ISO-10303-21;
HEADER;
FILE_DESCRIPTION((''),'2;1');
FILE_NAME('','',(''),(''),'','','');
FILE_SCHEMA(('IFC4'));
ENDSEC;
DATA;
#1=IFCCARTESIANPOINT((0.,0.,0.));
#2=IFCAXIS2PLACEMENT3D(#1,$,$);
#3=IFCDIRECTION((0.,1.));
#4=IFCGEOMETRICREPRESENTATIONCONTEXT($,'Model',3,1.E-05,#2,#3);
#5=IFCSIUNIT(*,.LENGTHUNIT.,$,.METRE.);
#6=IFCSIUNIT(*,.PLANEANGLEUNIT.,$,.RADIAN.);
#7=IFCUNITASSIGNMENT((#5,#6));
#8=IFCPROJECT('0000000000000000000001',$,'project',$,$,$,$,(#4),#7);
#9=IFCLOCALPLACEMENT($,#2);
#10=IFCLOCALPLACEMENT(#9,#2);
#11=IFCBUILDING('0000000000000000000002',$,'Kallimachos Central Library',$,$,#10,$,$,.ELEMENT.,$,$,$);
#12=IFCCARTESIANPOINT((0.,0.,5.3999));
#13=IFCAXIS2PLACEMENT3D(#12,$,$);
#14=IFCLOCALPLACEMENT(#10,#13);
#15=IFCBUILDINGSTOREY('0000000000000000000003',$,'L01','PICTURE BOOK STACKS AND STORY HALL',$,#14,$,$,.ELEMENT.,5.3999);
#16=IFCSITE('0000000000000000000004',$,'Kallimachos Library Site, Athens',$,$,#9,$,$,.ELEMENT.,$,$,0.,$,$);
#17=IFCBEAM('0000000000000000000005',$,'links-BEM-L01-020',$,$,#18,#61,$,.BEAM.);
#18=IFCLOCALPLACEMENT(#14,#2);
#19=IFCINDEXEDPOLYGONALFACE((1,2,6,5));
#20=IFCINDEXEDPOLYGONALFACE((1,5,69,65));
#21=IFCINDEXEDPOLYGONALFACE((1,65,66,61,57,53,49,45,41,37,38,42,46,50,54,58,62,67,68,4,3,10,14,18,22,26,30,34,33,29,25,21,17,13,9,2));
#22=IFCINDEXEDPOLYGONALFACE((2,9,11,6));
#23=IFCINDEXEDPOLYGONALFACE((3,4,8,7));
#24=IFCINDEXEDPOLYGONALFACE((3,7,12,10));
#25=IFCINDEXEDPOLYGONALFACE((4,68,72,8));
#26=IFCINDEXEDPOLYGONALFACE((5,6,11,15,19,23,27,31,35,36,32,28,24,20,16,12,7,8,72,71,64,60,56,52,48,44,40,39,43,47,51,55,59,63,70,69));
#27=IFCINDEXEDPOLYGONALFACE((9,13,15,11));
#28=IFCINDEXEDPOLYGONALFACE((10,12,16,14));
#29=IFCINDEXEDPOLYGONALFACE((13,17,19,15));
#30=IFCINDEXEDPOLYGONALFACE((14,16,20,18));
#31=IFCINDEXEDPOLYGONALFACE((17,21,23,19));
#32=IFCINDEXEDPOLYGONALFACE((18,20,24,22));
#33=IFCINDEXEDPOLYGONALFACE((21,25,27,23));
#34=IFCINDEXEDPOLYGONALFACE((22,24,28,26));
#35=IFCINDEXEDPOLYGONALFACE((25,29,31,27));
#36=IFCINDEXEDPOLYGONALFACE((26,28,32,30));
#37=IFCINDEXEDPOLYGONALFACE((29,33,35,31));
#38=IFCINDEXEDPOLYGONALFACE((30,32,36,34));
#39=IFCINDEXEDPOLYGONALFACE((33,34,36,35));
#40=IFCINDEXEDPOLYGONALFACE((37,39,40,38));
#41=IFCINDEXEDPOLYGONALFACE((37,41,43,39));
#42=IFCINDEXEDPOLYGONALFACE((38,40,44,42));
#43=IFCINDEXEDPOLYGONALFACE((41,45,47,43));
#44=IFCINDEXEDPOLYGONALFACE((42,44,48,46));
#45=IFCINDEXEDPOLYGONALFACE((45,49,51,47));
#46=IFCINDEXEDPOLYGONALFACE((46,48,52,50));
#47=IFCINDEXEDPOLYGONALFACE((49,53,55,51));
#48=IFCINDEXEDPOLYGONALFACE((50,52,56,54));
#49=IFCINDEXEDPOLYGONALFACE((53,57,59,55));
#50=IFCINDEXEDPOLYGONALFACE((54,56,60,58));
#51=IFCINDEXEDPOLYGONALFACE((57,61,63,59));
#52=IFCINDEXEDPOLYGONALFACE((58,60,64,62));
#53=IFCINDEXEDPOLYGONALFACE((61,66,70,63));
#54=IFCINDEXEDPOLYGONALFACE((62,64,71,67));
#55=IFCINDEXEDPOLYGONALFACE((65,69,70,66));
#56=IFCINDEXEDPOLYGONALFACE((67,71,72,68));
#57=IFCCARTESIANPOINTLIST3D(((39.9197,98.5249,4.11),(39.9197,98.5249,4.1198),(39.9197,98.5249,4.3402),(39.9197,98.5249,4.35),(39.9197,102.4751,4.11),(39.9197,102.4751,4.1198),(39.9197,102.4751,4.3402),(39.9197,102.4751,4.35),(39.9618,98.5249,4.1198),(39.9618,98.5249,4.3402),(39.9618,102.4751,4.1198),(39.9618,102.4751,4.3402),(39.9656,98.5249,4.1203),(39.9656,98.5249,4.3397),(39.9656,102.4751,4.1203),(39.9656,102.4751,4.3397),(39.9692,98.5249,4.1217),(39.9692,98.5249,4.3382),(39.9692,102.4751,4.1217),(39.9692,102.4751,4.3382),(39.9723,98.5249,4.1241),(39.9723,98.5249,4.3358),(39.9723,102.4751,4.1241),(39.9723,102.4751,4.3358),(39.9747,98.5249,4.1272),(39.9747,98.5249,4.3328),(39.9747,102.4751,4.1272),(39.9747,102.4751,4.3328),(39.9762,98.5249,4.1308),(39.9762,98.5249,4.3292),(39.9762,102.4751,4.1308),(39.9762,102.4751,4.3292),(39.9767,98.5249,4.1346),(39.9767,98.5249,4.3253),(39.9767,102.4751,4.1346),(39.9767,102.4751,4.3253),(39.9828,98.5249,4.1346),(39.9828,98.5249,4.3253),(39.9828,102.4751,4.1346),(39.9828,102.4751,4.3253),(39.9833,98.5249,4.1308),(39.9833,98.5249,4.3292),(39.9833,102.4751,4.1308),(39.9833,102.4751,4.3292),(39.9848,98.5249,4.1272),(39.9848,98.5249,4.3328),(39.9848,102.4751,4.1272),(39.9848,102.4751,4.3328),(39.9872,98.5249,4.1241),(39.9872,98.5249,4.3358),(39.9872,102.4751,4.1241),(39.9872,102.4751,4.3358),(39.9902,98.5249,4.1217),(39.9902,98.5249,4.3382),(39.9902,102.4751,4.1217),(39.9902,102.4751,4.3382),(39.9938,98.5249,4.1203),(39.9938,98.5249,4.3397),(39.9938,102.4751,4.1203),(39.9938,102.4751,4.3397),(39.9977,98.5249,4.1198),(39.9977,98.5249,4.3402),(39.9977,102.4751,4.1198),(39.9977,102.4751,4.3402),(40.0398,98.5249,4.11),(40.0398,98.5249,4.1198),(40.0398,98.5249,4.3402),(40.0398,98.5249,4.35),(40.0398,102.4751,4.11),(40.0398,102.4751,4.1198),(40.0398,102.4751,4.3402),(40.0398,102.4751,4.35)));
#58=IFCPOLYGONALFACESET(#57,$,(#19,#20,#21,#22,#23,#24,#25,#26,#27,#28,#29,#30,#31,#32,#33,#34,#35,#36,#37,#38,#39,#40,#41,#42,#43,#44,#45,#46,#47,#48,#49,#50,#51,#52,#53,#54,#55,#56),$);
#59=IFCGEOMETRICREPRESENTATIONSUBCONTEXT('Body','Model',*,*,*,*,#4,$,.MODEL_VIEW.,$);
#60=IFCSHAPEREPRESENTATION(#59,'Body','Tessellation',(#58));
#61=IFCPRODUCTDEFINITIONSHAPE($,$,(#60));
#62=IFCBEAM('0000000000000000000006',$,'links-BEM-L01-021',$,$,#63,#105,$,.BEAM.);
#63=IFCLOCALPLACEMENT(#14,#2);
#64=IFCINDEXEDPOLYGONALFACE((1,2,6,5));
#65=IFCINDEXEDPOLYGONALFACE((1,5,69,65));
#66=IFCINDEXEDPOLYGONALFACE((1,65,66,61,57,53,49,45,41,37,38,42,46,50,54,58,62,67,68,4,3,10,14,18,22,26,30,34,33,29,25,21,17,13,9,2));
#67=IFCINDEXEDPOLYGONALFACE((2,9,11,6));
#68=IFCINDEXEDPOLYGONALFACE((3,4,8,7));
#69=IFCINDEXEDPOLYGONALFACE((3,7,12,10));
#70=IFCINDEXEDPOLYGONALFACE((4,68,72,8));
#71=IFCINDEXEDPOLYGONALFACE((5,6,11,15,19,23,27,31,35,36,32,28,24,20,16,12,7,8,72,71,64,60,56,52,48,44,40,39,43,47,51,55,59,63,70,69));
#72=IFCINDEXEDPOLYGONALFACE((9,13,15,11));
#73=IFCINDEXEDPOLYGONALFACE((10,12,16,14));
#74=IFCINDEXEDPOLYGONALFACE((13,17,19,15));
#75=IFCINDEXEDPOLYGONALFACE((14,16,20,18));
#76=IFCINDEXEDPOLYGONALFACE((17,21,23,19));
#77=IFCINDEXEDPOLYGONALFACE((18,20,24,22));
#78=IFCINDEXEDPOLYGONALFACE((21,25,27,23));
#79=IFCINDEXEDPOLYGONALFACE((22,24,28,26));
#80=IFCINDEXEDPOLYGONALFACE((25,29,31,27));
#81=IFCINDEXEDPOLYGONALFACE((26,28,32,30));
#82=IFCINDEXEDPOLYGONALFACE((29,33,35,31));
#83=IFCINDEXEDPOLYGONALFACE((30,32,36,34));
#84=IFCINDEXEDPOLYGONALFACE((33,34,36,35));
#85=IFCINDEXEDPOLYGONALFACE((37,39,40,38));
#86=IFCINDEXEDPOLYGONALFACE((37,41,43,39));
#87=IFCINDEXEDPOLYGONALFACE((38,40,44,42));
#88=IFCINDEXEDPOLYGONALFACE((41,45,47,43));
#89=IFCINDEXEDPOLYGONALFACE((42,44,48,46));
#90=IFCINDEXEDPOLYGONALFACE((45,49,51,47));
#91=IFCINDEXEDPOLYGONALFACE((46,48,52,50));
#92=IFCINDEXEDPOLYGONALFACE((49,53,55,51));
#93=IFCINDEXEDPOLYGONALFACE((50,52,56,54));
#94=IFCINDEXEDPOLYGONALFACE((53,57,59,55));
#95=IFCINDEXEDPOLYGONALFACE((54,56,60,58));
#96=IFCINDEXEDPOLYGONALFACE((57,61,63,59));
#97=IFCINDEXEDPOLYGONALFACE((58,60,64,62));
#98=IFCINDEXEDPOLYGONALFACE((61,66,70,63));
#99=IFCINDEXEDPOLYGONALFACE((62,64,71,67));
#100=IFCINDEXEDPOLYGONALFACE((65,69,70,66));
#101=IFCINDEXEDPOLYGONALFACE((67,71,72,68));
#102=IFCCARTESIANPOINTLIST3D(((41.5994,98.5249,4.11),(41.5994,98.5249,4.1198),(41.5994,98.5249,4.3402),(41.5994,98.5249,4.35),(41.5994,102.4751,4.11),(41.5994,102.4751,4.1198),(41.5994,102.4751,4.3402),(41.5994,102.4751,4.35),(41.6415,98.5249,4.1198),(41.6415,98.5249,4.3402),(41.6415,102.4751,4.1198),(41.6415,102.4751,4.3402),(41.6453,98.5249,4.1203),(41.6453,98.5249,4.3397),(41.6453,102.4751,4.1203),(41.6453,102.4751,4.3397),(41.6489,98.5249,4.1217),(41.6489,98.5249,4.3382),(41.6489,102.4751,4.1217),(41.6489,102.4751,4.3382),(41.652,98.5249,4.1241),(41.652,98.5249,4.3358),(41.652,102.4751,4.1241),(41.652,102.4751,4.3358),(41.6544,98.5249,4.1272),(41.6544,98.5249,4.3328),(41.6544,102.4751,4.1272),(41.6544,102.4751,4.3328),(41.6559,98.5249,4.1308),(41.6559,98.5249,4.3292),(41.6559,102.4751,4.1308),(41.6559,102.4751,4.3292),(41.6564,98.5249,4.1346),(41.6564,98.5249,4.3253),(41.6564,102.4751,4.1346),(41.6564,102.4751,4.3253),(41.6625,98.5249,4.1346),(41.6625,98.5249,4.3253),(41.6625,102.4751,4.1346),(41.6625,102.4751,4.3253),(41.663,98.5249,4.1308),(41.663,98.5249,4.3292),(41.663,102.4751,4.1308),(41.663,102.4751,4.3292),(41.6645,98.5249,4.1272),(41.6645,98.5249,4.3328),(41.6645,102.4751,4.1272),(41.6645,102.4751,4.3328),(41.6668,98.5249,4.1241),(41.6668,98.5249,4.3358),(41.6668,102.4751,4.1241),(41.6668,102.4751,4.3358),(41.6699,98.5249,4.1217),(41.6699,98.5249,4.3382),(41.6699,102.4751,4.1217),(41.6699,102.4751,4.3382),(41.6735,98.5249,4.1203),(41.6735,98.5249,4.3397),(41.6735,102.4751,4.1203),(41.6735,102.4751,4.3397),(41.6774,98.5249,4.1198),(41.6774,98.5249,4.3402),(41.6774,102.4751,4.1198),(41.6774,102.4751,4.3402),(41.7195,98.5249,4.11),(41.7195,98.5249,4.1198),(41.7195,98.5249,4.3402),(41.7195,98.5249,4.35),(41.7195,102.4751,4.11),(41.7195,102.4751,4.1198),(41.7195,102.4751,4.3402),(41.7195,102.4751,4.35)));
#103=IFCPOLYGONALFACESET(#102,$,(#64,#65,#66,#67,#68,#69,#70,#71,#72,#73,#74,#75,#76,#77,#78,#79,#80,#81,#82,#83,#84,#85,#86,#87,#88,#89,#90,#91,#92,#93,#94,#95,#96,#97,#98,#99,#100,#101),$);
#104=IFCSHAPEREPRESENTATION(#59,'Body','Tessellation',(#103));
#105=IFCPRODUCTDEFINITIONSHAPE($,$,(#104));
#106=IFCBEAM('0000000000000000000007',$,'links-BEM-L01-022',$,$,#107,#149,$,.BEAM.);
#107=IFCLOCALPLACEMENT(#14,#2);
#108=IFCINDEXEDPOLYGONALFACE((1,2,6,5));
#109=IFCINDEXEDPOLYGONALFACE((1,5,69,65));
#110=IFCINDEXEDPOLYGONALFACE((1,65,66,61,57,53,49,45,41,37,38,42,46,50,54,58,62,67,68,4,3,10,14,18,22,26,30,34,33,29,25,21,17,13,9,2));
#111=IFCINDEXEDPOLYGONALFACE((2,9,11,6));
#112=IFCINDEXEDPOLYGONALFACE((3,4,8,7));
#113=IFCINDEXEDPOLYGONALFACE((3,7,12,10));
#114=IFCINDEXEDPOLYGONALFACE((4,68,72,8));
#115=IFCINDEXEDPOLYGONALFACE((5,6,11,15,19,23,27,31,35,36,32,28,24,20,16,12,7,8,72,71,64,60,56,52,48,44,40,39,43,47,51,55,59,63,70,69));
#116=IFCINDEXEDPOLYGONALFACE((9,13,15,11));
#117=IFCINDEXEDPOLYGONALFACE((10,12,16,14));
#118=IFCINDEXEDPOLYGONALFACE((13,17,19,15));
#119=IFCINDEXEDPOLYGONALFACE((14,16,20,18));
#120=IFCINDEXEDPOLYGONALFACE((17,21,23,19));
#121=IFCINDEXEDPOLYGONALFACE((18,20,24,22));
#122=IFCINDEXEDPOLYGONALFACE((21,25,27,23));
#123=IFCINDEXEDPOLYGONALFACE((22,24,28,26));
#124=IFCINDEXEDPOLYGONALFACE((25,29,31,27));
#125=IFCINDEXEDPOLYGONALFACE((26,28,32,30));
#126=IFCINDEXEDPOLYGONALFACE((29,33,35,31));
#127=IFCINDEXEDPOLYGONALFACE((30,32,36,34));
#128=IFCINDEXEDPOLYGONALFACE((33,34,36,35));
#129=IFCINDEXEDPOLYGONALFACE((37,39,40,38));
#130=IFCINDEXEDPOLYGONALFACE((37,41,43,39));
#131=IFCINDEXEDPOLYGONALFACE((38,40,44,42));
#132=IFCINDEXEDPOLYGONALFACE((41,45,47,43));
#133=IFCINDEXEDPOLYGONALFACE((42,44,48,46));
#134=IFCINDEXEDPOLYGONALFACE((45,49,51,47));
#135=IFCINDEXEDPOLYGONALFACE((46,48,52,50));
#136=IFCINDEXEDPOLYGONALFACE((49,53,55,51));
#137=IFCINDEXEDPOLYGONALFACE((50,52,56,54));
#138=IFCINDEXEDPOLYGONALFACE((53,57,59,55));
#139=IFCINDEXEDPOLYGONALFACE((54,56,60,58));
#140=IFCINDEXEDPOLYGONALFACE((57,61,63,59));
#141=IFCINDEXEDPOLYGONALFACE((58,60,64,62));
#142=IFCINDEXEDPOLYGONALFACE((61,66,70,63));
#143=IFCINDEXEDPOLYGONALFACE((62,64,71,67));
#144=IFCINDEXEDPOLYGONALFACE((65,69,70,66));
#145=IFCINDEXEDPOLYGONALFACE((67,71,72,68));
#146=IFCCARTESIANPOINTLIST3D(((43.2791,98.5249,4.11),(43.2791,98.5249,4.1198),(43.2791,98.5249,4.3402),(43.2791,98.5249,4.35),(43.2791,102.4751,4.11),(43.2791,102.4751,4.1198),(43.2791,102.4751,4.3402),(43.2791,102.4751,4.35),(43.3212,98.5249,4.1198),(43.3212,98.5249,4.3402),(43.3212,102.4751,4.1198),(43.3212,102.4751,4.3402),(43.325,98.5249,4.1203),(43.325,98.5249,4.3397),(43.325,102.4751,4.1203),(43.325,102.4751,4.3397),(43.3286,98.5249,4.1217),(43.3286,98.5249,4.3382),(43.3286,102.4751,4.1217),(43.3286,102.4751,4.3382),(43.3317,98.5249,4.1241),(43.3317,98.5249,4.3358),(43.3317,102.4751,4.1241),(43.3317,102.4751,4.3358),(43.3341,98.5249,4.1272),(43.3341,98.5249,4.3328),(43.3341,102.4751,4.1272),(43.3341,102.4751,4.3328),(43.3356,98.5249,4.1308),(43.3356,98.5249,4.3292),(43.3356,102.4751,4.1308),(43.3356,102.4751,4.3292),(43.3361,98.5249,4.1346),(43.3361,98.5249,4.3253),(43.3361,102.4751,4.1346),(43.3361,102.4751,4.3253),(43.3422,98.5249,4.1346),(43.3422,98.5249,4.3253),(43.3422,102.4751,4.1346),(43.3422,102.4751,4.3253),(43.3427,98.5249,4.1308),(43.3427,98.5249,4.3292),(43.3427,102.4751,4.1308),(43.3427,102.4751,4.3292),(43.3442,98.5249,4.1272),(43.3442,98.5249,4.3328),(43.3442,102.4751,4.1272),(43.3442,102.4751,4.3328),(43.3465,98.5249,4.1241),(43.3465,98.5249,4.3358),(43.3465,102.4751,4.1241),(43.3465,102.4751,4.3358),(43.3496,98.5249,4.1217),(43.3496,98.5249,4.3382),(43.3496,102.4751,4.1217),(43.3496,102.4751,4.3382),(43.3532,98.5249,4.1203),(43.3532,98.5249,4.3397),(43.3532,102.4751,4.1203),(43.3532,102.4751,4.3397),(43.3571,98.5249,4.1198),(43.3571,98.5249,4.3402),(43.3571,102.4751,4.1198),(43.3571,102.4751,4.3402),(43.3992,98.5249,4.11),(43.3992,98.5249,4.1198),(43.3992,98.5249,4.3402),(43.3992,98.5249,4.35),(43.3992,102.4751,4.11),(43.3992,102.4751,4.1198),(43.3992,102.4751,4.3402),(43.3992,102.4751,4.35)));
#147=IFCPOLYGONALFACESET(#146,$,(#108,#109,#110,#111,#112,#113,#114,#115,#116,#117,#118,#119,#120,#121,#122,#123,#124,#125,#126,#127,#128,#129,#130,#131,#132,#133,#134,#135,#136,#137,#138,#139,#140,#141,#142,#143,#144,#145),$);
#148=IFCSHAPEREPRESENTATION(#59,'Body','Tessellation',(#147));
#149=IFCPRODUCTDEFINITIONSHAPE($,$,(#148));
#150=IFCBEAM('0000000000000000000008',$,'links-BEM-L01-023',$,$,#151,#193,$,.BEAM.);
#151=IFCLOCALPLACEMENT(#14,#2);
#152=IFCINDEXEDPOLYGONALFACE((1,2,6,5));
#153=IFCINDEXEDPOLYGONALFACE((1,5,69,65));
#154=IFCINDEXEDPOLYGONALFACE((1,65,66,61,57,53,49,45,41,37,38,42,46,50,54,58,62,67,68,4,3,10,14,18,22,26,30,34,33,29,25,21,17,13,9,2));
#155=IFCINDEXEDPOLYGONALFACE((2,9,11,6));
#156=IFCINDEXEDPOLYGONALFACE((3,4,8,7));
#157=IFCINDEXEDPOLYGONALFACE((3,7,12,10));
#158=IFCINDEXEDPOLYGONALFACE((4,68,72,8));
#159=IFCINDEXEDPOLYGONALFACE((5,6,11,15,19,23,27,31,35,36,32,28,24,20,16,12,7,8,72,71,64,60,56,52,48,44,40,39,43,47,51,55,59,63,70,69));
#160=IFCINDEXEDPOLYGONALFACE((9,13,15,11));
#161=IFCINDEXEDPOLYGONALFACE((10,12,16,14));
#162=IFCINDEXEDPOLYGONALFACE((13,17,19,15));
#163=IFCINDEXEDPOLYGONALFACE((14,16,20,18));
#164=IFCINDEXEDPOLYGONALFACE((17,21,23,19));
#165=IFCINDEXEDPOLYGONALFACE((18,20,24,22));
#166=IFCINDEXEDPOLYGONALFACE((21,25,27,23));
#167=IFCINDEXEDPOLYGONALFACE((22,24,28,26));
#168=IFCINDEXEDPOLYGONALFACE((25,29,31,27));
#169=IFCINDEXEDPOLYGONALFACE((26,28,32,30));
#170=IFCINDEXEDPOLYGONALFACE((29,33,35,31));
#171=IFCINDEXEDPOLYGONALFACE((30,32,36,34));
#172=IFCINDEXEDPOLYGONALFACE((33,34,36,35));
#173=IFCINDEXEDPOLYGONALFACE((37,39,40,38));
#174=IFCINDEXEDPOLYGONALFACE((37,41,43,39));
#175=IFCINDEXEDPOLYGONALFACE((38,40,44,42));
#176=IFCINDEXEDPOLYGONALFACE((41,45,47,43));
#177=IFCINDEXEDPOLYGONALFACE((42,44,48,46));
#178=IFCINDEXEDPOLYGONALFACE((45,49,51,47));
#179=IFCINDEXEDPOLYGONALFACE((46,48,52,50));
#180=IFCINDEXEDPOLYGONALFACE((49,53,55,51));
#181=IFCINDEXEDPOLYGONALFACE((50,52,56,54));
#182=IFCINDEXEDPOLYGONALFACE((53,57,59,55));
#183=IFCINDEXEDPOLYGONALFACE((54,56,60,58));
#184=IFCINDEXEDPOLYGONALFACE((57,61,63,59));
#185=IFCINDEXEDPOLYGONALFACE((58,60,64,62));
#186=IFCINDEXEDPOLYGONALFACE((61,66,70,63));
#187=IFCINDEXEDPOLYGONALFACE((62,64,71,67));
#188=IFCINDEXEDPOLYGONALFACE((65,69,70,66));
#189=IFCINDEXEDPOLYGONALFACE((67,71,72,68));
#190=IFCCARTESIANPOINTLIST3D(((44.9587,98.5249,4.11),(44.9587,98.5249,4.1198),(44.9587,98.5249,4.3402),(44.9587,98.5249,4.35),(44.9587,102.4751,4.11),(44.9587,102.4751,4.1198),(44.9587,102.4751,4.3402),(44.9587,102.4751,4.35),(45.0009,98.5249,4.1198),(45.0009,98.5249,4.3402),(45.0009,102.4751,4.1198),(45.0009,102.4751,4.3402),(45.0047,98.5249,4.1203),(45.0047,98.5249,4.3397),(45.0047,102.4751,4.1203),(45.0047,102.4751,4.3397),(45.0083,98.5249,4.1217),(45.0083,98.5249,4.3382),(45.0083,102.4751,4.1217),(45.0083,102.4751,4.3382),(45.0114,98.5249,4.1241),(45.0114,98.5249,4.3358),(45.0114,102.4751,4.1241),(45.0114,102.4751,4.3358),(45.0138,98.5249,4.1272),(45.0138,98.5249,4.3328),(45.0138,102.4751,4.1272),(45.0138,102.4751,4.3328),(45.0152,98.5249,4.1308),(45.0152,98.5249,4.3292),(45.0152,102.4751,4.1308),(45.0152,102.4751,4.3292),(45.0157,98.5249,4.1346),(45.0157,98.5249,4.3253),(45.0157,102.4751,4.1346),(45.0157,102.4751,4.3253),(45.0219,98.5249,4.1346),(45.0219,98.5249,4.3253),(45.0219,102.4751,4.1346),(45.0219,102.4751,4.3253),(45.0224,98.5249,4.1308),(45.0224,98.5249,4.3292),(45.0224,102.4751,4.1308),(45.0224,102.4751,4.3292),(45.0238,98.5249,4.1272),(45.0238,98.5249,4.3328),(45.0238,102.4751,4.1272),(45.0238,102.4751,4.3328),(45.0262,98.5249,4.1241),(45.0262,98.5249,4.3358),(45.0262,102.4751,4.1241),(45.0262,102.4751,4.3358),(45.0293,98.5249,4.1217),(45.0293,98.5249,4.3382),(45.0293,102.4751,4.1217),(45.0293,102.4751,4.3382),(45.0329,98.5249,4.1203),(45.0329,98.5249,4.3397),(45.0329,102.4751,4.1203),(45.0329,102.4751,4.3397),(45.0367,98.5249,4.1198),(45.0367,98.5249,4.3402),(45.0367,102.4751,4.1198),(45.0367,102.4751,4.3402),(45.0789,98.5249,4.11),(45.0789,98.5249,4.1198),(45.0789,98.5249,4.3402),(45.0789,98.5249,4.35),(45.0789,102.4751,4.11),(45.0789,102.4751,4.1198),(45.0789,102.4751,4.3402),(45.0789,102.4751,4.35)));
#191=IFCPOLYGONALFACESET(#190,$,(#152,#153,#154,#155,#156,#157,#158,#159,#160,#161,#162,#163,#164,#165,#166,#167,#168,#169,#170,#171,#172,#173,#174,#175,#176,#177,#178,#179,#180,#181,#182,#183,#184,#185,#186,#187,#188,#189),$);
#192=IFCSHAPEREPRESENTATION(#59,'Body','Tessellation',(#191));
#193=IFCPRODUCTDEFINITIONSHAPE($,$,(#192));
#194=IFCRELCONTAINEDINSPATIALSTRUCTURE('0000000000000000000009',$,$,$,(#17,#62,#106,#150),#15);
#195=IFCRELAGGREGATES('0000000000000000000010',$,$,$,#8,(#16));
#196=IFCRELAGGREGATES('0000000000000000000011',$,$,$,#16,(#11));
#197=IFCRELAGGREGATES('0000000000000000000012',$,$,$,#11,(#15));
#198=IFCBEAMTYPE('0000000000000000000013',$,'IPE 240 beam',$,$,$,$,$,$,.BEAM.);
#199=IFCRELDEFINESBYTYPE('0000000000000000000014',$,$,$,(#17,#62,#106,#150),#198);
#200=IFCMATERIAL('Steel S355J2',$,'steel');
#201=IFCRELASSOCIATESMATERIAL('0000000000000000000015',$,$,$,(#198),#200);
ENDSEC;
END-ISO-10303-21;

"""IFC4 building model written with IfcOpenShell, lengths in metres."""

from ifc_helpers import new_model, si_unit, direction, frame, origin, origin_2d, place, context, subcontext, project, spatial, i_section, extrude, material, material_profile, profile_set, type_object, element, save


model = new_model("IFC4")

# Units and contexts
model_context = context("Model", 3, precision=1e-05, world=origin(), true_north=direction((0.0, 1.0)))
body_context = subcontext(model_context, "Body", "Model", "MODEL_VIEW")
ifc_project = project(units=[si_unit("LENGTHUNIT", "METRE"), si_unit("PLANEANGLEUNIT", "RADIAN")], contexts=[model_context])

# Site, building, storey
site_placement = place(None, origin())
site = spatial("IfcSite", under=ifc_project, at=site_placement, Name="Kallimachos Library Site, Athens", CompositionType="ELEMENT", RefElevation=0.0)
building_placement = place(site_placement, origin())
building = spatial("IfcBuilding", under=site, at=building_placement, Name="Kallimachos Central Library", CompositionType="ELEMENT")
storey_placement = place(building_placement, frame((0.0, 0.0, 5.3999)))
storey = spatial("IfcBuildingStorey", under=building, at=storey_placement, Name="L01", Description="PICTURE BOOK STACKS AND STORY HALL", CompositionType="ELEMENT", Elevation=5.3999)

# Beams
ifc_material_1 = material(Name="Steel S355J2", Category="steel")
ifc_material_profile_1 = material_profile(ifc_material_1, i_section(OverallWidth=0.1201, OverallDepth=0.24, WebThickness=0.0061, FlangeThickness=0.0098, FilletRadius=0.0149, at=origin_2d()), Name="IPE 240")
ifc_profile_set_1 = profile_set([ifc_material_profile_1], Name="Steel S355J2")
beam_type_1 = type_object("IfcBeamType", Name="IPE 240 beam", PredefinedType="BEAM", material=ifc_profile_set_1)
for number, where, z_axis, x_axis, name in (
    (1, (39.9797, 98.5249, 4.23), (0.0, 1.0, 0.0), (-1.0, 0.0, 0.0), "links-BEM-L01-020"),
    (2, (41.6594, 98.5249, 4.23), (0.0, 1.0, 0.0), (-1.0, 0.0, 0.0), "links-BEM-L01-021"),
    (3, (43.3391, 98.5249, 4.23), (0.0, 1.0, 0.0), (-1.0, 0.0, 0.0), "links-BEM-L01-022"),
    (4, (45.0188, 98.5249, 4.23), (0.0, 1.0, 0.0), (-1.0, 0.0, 0.0), "links-BEM-L01-023"),
):
    element("IfcBeam", number, at=place(storey_placement, frame(where, z_axis=z_axis, x_axis=x_axis)), inside=storey, type_object=beam_type_1, Name=name, PredefinedType="BEAM", context=body_context, shape_type="SweptSolid", body=[
        extrude(i_section(OverallWidth=0.1201, OverallDepth=0.24, WebThickness=0.0061, FlangeThickness=0.0098, FilletRadius=0.0149, at=origin_2d()), origin(), (0.0, 0.0, 1.0), 3.9502),
    ])

save(model, "model.ifc")
